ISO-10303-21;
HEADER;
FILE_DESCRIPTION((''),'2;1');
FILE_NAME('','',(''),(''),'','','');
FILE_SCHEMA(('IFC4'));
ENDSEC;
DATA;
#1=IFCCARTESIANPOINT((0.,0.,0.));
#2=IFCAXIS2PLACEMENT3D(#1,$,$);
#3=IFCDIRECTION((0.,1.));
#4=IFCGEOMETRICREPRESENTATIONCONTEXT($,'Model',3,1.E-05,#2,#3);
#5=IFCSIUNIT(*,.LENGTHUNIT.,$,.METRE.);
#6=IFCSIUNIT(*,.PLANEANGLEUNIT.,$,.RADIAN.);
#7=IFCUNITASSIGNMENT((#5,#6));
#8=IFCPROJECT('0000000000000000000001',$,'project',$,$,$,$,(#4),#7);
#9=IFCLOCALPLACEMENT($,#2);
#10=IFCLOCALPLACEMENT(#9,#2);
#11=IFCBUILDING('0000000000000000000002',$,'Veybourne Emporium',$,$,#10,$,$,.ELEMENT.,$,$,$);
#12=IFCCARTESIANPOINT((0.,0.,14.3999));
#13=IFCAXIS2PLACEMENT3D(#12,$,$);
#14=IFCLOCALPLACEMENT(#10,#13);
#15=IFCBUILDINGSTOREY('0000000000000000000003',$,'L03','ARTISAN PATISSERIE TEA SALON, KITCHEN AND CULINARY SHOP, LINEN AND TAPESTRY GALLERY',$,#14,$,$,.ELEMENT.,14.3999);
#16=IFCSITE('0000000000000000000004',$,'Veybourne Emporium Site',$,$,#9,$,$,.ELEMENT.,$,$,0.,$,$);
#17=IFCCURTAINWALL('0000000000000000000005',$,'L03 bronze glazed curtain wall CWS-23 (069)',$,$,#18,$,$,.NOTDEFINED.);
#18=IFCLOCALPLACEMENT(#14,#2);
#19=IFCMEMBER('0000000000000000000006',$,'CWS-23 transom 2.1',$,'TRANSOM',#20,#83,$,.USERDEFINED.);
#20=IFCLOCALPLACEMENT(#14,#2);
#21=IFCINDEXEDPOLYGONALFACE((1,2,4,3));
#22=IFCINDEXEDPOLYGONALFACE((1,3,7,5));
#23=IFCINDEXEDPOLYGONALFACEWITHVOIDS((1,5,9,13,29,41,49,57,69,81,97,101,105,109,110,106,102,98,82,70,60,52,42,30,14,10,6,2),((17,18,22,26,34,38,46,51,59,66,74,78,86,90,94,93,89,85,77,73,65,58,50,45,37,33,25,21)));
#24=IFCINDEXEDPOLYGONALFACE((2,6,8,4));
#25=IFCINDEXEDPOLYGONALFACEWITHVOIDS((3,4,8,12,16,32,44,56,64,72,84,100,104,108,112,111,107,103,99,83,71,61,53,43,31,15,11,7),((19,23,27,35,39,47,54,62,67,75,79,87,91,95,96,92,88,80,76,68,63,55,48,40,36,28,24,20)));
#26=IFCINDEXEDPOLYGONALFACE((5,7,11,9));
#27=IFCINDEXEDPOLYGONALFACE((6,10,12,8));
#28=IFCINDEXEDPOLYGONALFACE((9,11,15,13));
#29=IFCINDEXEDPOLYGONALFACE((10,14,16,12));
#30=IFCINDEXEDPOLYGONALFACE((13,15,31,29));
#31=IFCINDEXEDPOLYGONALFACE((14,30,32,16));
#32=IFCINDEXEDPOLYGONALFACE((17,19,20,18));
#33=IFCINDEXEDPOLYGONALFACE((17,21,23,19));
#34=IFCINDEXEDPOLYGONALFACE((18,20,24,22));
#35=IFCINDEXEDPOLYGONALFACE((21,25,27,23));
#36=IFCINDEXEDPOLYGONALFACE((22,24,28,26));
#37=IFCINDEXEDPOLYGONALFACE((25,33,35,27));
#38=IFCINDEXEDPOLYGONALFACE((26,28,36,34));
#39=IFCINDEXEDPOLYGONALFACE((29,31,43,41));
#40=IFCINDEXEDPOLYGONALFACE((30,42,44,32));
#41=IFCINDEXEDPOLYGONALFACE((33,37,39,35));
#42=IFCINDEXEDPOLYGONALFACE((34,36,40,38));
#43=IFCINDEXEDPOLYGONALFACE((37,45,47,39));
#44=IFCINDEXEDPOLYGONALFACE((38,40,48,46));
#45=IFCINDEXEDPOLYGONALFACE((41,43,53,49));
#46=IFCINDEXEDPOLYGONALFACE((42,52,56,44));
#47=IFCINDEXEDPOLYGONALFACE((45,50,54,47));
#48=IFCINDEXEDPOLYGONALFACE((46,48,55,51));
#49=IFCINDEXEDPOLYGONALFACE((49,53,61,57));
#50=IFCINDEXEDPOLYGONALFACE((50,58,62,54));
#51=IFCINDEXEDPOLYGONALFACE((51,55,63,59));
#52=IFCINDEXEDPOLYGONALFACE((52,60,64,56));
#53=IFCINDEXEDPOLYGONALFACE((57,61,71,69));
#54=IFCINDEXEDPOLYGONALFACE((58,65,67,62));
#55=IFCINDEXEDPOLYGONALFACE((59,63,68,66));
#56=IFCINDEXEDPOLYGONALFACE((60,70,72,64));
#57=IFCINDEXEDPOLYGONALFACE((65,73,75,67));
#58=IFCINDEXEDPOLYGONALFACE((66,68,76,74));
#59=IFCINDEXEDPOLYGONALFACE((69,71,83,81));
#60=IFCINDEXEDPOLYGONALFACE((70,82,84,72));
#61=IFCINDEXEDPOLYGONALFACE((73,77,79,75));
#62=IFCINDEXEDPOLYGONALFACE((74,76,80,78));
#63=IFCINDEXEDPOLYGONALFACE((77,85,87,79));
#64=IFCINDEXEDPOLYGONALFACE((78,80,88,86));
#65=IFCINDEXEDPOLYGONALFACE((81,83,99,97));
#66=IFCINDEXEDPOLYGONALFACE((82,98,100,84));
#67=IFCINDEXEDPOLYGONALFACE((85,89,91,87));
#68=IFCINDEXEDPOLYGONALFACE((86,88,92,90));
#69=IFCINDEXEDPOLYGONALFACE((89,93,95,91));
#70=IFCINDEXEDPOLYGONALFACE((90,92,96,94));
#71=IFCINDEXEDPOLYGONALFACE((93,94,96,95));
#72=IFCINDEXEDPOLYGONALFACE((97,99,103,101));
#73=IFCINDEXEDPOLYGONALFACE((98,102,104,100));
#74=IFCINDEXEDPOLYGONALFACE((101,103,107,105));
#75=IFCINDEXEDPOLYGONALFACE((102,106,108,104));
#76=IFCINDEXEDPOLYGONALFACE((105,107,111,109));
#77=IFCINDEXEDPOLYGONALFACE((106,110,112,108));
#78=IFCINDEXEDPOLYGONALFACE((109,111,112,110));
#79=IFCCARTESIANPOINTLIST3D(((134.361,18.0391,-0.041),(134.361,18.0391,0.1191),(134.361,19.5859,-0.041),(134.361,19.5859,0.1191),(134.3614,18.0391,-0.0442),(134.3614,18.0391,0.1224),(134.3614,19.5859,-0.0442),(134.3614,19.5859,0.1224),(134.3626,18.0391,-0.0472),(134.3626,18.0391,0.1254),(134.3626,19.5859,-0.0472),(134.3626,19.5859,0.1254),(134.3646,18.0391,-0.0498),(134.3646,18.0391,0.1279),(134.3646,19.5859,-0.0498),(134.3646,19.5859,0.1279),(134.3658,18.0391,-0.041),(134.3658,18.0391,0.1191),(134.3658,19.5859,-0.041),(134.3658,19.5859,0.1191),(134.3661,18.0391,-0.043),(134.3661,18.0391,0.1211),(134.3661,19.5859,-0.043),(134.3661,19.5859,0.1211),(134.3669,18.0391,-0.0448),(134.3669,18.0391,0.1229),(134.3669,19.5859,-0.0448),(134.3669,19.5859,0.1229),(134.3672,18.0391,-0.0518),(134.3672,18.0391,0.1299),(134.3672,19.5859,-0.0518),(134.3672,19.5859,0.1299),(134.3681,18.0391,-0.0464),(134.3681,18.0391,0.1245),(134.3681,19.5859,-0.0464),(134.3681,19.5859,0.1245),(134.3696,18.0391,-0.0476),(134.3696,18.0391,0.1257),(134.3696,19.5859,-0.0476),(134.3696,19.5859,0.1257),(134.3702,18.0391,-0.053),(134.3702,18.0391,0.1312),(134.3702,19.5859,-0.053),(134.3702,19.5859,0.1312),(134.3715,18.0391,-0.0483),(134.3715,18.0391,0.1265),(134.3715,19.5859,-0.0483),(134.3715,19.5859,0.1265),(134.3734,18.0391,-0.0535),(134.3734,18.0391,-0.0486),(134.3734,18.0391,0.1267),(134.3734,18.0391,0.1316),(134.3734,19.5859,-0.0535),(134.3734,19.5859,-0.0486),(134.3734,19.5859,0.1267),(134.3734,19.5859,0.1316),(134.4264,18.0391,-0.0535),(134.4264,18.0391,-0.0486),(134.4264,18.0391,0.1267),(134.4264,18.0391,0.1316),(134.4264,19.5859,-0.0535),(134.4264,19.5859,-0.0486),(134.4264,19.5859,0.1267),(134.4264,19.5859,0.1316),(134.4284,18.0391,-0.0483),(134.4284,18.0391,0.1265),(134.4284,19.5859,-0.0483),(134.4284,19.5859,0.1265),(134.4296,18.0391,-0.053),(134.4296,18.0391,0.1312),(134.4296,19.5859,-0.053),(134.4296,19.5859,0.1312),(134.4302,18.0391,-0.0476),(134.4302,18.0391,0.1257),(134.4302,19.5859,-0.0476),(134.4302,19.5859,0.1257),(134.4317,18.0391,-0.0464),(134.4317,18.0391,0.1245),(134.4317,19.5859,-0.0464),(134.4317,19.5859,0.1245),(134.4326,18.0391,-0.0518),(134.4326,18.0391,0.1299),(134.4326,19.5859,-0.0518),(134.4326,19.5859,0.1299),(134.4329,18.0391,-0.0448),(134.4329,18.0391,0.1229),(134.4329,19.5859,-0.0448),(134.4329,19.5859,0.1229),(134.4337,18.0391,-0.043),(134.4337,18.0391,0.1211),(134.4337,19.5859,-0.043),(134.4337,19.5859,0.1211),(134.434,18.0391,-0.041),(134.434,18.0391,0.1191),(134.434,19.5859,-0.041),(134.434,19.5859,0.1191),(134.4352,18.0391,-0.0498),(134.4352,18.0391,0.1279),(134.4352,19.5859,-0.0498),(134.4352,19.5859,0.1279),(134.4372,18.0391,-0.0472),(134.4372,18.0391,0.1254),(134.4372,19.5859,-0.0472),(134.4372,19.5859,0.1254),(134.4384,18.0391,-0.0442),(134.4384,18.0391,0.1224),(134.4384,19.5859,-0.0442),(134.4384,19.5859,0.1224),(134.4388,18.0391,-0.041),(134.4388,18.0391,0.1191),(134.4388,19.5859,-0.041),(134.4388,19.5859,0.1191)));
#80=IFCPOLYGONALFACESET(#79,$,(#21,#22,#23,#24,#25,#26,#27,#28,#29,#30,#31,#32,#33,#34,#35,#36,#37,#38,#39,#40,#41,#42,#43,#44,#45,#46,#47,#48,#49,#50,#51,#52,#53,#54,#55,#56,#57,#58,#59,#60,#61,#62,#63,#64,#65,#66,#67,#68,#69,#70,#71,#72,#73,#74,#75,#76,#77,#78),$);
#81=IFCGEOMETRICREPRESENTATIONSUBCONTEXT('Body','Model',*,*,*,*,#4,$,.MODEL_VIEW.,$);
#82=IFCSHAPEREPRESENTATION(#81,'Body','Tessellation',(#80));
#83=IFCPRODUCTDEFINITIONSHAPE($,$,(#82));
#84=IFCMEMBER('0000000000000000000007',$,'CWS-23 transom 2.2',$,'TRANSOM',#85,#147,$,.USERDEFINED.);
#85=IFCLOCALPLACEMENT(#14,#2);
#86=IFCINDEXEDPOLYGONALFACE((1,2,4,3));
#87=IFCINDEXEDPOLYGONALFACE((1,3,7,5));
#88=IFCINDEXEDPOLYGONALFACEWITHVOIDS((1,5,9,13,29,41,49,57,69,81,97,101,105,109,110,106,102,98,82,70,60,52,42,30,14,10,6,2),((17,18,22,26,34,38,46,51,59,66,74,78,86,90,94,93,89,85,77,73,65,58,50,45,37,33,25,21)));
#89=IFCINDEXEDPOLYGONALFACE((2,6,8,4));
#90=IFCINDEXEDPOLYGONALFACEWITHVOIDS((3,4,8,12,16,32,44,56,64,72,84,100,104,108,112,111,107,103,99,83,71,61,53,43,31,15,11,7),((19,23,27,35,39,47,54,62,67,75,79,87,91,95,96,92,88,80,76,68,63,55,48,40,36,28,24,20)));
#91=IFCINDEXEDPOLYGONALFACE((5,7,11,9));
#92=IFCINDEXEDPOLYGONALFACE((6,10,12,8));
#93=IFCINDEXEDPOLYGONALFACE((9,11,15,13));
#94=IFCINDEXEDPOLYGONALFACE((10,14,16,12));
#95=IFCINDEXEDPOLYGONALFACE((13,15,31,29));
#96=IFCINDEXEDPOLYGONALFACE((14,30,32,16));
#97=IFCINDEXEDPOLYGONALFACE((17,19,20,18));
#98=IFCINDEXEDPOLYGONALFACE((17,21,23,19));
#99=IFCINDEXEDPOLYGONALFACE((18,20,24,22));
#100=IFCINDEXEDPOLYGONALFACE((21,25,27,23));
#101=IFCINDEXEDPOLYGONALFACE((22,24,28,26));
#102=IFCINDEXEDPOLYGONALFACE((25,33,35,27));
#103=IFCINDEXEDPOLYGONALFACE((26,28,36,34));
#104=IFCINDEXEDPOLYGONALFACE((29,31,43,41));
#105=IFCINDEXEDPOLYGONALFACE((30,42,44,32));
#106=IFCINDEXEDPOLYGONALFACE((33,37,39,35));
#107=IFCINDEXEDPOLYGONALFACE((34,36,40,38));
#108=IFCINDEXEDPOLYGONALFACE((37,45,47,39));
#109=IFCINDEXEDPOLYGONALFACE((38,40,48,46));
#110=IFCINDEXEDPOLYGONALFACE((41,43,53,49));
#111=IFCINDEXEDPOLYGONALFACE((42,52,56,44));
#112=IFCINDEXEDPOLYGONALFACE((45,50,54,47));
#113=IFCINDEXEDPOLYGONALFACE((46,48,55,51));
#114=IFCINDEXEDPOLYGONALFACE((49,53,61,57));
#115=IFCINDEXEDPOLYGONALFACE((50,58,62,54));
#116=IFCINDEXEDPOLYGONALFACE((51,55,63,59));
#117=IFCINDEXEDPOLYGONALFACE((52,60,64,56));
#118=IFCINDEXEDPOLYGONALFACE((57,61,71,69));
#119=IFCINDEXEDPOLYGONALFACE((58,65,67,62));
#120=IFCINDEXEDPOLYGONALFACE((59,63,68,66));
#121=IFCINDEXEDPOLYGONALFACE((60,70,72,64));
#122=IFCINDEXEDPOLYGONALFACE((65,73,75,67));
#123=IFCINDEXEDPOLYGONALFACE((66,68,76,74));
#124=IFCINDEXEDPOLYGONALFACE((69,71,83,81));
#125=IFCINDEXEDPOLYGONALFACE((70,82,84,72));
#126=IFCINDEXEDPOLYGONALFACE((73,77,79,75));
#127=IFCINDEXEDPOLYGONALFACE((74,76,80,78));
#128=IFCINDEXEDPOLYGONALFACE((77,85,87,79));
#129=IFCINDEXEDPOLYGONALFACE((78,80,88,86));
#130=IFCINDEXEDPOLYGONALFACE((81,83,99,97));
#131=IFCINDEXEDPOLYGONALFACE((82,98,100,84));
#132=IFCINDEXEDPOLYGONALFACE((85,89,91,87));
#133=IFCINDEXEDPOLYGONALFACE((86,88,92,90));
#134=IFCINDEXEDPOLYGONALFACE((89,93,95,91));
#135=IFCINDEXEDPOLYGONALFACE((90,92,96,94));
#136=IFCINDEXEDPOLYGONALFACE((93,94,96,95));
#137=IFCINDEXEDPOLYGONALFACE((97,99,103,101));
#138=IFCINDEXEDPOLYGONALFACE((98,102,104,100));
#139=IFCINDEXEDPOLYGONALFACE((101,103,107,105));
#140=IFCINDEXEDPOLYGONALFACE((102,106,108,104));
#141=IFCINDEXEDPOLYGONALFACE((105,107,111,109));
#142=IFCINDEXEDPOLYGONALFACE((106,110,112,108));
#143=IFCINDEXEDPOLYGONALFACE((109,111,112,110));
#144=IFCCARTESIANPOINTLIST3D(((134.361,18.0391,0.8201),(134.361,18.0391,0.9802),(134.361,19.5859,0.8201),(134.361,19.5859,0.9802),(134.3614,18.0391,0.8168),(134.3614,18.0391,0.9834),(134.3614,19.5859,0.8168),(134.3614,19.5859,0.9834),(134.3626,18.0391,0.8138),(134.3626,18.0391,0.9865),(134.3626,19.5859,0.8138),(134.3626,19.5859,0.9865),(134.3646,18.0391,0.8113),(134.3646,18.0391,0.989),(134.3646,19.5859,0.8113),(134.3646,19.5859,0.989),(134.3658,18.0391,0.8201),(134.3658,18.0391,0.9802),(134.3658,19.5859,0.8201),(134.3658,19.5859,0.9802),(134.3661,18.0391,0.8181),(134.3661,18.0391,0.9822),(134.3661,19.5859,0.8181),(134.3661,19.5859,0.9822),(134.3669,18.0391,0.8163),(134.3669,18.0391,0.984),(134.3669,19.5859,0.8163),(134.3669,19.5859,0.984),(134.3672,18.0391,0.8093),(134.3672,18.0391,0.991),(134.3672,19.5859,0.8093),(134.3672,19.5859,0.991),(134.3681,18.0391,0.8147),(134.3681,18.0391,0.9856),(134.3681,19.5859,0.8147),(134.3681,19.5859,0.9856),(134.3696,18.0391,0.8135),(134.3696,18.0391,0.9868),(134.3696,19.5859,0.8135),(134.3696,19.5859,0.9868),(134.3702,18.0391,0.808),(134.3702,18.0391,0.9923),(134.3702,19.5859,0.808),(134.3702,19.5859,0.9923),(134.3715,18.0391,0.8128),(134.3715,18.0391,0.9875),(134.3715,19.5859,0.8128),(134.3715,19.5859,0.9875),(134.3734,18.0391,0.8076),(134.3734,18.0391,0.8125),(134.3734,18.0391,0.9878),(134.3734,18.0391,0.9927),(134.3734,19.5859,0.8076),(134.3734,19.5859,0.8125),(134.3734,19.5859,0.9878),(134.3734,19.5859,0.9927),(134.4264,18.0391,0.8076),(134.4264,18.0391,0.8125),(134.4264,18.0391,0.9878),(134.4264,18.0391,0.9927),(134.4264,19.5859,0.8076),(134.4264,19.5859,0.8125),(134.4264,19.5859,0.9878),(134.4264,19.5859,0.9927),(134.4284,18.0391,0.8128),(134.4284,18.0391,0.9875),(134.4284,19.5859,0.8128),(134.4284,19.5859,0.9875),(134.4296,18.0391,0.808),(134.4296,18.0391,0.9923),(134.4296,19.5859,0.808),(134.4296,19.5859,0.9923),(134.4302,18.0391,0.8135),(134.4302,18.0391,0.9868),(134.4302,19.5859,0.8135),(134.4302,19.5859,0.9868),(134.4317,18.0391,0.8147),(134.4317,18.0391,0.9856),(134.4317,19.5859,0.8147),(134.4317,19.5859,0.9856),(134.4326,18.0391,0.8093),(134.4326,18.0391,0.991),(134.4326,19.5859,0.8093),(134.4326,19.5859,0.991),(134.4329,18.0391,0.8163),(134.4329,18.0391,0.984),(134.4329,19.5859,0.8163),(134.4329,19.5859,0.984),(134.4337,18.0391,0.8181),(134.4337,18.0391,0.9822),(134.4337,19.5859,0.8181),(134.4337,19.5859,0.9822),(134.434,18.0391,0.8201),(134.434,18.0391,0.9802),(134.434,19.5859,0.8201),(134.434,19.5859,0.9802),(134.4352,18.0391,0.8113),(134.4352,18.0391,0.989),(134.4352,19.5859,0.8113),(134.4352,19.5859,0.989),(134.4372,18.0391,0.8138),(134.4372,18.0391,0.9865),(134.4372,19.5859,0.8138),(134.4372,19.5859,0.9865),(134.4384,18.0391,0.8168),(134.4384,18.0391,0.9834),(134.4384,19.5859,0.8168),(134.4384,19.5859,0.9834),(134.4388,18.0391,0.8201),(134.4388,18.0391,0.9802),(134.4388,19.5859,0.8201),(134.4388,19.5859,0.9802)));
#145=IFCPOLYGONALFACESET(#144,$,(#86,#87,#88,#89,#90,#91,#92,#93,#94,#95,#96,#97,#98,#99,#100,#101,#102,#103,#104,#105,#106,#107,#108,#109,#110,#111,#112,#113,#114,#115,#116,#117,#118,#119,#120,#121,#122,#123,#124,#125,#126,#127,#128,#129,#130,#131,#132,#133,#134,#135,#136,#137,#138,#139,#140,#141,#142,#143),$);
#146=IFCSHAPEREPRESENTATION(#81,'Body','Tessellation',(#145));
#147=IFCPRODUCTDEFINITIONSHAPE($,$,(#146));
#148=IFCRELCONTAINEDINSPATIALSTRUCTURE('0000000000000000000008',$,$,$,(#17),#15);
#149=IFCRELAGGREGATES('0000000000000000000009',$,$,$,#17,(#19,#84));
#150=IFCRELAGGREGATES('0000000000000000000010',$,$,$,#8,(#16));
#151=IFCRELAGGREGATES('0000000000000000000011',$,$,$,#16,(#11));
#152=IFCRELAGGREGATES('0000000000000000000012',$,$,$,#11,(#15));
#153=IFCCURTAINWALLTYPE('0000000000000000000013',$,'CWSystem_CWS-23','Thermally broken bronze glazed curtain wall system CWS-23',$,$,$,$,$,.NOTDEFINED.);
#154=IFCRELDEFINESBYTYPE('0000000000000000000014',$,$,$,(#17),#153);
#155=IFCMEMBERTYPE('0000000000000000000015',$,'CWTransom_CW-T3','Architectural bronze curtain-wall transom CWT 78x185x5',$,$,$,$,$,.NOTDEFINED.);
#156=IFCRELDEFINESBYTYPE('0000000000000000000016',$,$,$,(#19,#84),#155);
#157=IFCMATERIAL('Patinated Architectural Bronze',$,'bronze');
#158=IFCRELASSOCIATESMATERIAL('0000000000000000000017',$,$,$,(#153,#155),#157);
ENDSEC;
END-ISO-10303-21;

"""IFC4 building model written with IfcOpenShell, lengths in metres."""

from ifc_helpers import new_model, si_unit, direction, frame, origin, origin_2d, place, context, subcontext, project, spatial, hollow_rectangle, extrude, material, material_profile, profile_set, type_object, element, aggregate, save


model = new_model("IFC4")

# Units and contexts
model_context = context("Model", 3, precision=1e-05, world=origin(), true_north=direction((0.0, 1.0)))
body_context = subcontext(model_context, "Body", "Model", "MODEL_VIEW")
ifc_project = project(units=[si_unit("LENGTHUNIT", "METRE"), si_unit("PLANEANGLEUNIT", "RADIAN")], contexts=[model_context])

# Site, building, storey
site_placement = place(None, origin())
site = spatial("IfcSite", under=ifc_project, at=site_placement, Name="Veybourne Emporium Site", CompositionType="ELEMENT", RefElevation=0.0)
building_placement = place(site_placement, origin())
building = spatial("IfcBuilding", under=site, at=building_placement, Name="Veybourne Emporium", CompositionType="ELEMENT")
storey_placement = place(building_placement, frame((0.0, 0.0, 14.3999)))
storey = spatial("IfcBuildingStorey", under=building, at=storey_placement, Name="L03", Description="ARTISAN PATISSERIE TEA SALON, KITCHEN AND CULINARY SHOP, LINEN AND TAPESTRY GALLERY", CompositionType="ELEMENT", Elevation=14.3999)

# Curtain wall, members
ifc_material_1 = material(Name="Patinated Architectural Bronze", Category="bronze")
curtain_wall_type = type_object("IfcCurtainWallType", Name="CWSystem_CWS-23", Description="Thermally broken bronze glazed curtain wall system CWS-23", PredefinedType="NOTDEFINED", material=ifc_material_1)
curtain_wall_placement = place(storey_placement, origin())
curtain_wall = element("IfcCurtainWall", 1, at=curtain_wall_placement, inside=storey, type_object=curtain_wall_type, Name="L03 bronze glazed curtain wall CWS-23 (069)", PredefinedType="NOTDEFINED")
ifc_material_profile_1 = material_profile(ifc_material_1, hollow_rectangle(XDim=0.0779, YDim=0.1851, WallThickness=0.0049, InnerFilletRadius=0.0076, OuterFilletRadius=0.0125, at=origin_2d()), Name="CWT 78x185x5")
ifc_profile_set_1 = profile_set([ifc_material_profile_1], Name="Patinated Architectural Bronze")
member_type_1 = type_object("IfcMemberType", Name="CWTransom_CW-T3", Description="Architectural bronze curtain-wall transom CWT 78x185x5", PredefinedType="NOTDEFINED", material=ifc_profile_set_1)
member_1_placement = place(storey_placement, frame((134.3999, 19.5859, 0.0391), z_axis=(0.0, -1.0, 0.0), x_axis=(1.0, 0.0, 0.0)))
member_1 = element("IfcMember", 2, at=member_1_placement, type_object=member_type_1, Name="CWS-23 transom 2.1", ObjectType="TRANSOM", PredefinedType="USERDEFINED", context=body_context, shape_type="SweptSolid", body=[
    extrude(hollow_rectangle(XDim=0.0779, YDim=0.1851, WallThickness=0.0049, InnerFilletRadius=0.0076, OuterFilletRadius=0.0125, at=origin_2d()), origin(), (0.0, 0.0, 1.0), 1.5469),
])
member_2_placement = place(storey_placement, frame((134.3999, 19.5859, 0.9001), z_axis=(0.0, -1.0, 0.0), x_axis=(1.0, 0.0, 0.0)))
member_2 = element("IfcMember", 3, at=member_2_placement, type_object=member_type_1, Name="CWS-23 transom 2.2", ObjectType="TRANSOM", PredefinedType="USERDEFINED", context=body_context, shape_type="SweptSolid", body=[
    extrude(hollow_rectangle(XDim=0.0779, YDim=0.1851, WallThickness=0.0049, InnerFilletRadius=0.0076, OuterFilletRadius=0.0125, at=origin_2d()), origin(), (0.0, 0.0, 1.0), 1.5469),
])
aggregate(curtain_wall, [member_1, member_2])

save(model, "model.ifc")
